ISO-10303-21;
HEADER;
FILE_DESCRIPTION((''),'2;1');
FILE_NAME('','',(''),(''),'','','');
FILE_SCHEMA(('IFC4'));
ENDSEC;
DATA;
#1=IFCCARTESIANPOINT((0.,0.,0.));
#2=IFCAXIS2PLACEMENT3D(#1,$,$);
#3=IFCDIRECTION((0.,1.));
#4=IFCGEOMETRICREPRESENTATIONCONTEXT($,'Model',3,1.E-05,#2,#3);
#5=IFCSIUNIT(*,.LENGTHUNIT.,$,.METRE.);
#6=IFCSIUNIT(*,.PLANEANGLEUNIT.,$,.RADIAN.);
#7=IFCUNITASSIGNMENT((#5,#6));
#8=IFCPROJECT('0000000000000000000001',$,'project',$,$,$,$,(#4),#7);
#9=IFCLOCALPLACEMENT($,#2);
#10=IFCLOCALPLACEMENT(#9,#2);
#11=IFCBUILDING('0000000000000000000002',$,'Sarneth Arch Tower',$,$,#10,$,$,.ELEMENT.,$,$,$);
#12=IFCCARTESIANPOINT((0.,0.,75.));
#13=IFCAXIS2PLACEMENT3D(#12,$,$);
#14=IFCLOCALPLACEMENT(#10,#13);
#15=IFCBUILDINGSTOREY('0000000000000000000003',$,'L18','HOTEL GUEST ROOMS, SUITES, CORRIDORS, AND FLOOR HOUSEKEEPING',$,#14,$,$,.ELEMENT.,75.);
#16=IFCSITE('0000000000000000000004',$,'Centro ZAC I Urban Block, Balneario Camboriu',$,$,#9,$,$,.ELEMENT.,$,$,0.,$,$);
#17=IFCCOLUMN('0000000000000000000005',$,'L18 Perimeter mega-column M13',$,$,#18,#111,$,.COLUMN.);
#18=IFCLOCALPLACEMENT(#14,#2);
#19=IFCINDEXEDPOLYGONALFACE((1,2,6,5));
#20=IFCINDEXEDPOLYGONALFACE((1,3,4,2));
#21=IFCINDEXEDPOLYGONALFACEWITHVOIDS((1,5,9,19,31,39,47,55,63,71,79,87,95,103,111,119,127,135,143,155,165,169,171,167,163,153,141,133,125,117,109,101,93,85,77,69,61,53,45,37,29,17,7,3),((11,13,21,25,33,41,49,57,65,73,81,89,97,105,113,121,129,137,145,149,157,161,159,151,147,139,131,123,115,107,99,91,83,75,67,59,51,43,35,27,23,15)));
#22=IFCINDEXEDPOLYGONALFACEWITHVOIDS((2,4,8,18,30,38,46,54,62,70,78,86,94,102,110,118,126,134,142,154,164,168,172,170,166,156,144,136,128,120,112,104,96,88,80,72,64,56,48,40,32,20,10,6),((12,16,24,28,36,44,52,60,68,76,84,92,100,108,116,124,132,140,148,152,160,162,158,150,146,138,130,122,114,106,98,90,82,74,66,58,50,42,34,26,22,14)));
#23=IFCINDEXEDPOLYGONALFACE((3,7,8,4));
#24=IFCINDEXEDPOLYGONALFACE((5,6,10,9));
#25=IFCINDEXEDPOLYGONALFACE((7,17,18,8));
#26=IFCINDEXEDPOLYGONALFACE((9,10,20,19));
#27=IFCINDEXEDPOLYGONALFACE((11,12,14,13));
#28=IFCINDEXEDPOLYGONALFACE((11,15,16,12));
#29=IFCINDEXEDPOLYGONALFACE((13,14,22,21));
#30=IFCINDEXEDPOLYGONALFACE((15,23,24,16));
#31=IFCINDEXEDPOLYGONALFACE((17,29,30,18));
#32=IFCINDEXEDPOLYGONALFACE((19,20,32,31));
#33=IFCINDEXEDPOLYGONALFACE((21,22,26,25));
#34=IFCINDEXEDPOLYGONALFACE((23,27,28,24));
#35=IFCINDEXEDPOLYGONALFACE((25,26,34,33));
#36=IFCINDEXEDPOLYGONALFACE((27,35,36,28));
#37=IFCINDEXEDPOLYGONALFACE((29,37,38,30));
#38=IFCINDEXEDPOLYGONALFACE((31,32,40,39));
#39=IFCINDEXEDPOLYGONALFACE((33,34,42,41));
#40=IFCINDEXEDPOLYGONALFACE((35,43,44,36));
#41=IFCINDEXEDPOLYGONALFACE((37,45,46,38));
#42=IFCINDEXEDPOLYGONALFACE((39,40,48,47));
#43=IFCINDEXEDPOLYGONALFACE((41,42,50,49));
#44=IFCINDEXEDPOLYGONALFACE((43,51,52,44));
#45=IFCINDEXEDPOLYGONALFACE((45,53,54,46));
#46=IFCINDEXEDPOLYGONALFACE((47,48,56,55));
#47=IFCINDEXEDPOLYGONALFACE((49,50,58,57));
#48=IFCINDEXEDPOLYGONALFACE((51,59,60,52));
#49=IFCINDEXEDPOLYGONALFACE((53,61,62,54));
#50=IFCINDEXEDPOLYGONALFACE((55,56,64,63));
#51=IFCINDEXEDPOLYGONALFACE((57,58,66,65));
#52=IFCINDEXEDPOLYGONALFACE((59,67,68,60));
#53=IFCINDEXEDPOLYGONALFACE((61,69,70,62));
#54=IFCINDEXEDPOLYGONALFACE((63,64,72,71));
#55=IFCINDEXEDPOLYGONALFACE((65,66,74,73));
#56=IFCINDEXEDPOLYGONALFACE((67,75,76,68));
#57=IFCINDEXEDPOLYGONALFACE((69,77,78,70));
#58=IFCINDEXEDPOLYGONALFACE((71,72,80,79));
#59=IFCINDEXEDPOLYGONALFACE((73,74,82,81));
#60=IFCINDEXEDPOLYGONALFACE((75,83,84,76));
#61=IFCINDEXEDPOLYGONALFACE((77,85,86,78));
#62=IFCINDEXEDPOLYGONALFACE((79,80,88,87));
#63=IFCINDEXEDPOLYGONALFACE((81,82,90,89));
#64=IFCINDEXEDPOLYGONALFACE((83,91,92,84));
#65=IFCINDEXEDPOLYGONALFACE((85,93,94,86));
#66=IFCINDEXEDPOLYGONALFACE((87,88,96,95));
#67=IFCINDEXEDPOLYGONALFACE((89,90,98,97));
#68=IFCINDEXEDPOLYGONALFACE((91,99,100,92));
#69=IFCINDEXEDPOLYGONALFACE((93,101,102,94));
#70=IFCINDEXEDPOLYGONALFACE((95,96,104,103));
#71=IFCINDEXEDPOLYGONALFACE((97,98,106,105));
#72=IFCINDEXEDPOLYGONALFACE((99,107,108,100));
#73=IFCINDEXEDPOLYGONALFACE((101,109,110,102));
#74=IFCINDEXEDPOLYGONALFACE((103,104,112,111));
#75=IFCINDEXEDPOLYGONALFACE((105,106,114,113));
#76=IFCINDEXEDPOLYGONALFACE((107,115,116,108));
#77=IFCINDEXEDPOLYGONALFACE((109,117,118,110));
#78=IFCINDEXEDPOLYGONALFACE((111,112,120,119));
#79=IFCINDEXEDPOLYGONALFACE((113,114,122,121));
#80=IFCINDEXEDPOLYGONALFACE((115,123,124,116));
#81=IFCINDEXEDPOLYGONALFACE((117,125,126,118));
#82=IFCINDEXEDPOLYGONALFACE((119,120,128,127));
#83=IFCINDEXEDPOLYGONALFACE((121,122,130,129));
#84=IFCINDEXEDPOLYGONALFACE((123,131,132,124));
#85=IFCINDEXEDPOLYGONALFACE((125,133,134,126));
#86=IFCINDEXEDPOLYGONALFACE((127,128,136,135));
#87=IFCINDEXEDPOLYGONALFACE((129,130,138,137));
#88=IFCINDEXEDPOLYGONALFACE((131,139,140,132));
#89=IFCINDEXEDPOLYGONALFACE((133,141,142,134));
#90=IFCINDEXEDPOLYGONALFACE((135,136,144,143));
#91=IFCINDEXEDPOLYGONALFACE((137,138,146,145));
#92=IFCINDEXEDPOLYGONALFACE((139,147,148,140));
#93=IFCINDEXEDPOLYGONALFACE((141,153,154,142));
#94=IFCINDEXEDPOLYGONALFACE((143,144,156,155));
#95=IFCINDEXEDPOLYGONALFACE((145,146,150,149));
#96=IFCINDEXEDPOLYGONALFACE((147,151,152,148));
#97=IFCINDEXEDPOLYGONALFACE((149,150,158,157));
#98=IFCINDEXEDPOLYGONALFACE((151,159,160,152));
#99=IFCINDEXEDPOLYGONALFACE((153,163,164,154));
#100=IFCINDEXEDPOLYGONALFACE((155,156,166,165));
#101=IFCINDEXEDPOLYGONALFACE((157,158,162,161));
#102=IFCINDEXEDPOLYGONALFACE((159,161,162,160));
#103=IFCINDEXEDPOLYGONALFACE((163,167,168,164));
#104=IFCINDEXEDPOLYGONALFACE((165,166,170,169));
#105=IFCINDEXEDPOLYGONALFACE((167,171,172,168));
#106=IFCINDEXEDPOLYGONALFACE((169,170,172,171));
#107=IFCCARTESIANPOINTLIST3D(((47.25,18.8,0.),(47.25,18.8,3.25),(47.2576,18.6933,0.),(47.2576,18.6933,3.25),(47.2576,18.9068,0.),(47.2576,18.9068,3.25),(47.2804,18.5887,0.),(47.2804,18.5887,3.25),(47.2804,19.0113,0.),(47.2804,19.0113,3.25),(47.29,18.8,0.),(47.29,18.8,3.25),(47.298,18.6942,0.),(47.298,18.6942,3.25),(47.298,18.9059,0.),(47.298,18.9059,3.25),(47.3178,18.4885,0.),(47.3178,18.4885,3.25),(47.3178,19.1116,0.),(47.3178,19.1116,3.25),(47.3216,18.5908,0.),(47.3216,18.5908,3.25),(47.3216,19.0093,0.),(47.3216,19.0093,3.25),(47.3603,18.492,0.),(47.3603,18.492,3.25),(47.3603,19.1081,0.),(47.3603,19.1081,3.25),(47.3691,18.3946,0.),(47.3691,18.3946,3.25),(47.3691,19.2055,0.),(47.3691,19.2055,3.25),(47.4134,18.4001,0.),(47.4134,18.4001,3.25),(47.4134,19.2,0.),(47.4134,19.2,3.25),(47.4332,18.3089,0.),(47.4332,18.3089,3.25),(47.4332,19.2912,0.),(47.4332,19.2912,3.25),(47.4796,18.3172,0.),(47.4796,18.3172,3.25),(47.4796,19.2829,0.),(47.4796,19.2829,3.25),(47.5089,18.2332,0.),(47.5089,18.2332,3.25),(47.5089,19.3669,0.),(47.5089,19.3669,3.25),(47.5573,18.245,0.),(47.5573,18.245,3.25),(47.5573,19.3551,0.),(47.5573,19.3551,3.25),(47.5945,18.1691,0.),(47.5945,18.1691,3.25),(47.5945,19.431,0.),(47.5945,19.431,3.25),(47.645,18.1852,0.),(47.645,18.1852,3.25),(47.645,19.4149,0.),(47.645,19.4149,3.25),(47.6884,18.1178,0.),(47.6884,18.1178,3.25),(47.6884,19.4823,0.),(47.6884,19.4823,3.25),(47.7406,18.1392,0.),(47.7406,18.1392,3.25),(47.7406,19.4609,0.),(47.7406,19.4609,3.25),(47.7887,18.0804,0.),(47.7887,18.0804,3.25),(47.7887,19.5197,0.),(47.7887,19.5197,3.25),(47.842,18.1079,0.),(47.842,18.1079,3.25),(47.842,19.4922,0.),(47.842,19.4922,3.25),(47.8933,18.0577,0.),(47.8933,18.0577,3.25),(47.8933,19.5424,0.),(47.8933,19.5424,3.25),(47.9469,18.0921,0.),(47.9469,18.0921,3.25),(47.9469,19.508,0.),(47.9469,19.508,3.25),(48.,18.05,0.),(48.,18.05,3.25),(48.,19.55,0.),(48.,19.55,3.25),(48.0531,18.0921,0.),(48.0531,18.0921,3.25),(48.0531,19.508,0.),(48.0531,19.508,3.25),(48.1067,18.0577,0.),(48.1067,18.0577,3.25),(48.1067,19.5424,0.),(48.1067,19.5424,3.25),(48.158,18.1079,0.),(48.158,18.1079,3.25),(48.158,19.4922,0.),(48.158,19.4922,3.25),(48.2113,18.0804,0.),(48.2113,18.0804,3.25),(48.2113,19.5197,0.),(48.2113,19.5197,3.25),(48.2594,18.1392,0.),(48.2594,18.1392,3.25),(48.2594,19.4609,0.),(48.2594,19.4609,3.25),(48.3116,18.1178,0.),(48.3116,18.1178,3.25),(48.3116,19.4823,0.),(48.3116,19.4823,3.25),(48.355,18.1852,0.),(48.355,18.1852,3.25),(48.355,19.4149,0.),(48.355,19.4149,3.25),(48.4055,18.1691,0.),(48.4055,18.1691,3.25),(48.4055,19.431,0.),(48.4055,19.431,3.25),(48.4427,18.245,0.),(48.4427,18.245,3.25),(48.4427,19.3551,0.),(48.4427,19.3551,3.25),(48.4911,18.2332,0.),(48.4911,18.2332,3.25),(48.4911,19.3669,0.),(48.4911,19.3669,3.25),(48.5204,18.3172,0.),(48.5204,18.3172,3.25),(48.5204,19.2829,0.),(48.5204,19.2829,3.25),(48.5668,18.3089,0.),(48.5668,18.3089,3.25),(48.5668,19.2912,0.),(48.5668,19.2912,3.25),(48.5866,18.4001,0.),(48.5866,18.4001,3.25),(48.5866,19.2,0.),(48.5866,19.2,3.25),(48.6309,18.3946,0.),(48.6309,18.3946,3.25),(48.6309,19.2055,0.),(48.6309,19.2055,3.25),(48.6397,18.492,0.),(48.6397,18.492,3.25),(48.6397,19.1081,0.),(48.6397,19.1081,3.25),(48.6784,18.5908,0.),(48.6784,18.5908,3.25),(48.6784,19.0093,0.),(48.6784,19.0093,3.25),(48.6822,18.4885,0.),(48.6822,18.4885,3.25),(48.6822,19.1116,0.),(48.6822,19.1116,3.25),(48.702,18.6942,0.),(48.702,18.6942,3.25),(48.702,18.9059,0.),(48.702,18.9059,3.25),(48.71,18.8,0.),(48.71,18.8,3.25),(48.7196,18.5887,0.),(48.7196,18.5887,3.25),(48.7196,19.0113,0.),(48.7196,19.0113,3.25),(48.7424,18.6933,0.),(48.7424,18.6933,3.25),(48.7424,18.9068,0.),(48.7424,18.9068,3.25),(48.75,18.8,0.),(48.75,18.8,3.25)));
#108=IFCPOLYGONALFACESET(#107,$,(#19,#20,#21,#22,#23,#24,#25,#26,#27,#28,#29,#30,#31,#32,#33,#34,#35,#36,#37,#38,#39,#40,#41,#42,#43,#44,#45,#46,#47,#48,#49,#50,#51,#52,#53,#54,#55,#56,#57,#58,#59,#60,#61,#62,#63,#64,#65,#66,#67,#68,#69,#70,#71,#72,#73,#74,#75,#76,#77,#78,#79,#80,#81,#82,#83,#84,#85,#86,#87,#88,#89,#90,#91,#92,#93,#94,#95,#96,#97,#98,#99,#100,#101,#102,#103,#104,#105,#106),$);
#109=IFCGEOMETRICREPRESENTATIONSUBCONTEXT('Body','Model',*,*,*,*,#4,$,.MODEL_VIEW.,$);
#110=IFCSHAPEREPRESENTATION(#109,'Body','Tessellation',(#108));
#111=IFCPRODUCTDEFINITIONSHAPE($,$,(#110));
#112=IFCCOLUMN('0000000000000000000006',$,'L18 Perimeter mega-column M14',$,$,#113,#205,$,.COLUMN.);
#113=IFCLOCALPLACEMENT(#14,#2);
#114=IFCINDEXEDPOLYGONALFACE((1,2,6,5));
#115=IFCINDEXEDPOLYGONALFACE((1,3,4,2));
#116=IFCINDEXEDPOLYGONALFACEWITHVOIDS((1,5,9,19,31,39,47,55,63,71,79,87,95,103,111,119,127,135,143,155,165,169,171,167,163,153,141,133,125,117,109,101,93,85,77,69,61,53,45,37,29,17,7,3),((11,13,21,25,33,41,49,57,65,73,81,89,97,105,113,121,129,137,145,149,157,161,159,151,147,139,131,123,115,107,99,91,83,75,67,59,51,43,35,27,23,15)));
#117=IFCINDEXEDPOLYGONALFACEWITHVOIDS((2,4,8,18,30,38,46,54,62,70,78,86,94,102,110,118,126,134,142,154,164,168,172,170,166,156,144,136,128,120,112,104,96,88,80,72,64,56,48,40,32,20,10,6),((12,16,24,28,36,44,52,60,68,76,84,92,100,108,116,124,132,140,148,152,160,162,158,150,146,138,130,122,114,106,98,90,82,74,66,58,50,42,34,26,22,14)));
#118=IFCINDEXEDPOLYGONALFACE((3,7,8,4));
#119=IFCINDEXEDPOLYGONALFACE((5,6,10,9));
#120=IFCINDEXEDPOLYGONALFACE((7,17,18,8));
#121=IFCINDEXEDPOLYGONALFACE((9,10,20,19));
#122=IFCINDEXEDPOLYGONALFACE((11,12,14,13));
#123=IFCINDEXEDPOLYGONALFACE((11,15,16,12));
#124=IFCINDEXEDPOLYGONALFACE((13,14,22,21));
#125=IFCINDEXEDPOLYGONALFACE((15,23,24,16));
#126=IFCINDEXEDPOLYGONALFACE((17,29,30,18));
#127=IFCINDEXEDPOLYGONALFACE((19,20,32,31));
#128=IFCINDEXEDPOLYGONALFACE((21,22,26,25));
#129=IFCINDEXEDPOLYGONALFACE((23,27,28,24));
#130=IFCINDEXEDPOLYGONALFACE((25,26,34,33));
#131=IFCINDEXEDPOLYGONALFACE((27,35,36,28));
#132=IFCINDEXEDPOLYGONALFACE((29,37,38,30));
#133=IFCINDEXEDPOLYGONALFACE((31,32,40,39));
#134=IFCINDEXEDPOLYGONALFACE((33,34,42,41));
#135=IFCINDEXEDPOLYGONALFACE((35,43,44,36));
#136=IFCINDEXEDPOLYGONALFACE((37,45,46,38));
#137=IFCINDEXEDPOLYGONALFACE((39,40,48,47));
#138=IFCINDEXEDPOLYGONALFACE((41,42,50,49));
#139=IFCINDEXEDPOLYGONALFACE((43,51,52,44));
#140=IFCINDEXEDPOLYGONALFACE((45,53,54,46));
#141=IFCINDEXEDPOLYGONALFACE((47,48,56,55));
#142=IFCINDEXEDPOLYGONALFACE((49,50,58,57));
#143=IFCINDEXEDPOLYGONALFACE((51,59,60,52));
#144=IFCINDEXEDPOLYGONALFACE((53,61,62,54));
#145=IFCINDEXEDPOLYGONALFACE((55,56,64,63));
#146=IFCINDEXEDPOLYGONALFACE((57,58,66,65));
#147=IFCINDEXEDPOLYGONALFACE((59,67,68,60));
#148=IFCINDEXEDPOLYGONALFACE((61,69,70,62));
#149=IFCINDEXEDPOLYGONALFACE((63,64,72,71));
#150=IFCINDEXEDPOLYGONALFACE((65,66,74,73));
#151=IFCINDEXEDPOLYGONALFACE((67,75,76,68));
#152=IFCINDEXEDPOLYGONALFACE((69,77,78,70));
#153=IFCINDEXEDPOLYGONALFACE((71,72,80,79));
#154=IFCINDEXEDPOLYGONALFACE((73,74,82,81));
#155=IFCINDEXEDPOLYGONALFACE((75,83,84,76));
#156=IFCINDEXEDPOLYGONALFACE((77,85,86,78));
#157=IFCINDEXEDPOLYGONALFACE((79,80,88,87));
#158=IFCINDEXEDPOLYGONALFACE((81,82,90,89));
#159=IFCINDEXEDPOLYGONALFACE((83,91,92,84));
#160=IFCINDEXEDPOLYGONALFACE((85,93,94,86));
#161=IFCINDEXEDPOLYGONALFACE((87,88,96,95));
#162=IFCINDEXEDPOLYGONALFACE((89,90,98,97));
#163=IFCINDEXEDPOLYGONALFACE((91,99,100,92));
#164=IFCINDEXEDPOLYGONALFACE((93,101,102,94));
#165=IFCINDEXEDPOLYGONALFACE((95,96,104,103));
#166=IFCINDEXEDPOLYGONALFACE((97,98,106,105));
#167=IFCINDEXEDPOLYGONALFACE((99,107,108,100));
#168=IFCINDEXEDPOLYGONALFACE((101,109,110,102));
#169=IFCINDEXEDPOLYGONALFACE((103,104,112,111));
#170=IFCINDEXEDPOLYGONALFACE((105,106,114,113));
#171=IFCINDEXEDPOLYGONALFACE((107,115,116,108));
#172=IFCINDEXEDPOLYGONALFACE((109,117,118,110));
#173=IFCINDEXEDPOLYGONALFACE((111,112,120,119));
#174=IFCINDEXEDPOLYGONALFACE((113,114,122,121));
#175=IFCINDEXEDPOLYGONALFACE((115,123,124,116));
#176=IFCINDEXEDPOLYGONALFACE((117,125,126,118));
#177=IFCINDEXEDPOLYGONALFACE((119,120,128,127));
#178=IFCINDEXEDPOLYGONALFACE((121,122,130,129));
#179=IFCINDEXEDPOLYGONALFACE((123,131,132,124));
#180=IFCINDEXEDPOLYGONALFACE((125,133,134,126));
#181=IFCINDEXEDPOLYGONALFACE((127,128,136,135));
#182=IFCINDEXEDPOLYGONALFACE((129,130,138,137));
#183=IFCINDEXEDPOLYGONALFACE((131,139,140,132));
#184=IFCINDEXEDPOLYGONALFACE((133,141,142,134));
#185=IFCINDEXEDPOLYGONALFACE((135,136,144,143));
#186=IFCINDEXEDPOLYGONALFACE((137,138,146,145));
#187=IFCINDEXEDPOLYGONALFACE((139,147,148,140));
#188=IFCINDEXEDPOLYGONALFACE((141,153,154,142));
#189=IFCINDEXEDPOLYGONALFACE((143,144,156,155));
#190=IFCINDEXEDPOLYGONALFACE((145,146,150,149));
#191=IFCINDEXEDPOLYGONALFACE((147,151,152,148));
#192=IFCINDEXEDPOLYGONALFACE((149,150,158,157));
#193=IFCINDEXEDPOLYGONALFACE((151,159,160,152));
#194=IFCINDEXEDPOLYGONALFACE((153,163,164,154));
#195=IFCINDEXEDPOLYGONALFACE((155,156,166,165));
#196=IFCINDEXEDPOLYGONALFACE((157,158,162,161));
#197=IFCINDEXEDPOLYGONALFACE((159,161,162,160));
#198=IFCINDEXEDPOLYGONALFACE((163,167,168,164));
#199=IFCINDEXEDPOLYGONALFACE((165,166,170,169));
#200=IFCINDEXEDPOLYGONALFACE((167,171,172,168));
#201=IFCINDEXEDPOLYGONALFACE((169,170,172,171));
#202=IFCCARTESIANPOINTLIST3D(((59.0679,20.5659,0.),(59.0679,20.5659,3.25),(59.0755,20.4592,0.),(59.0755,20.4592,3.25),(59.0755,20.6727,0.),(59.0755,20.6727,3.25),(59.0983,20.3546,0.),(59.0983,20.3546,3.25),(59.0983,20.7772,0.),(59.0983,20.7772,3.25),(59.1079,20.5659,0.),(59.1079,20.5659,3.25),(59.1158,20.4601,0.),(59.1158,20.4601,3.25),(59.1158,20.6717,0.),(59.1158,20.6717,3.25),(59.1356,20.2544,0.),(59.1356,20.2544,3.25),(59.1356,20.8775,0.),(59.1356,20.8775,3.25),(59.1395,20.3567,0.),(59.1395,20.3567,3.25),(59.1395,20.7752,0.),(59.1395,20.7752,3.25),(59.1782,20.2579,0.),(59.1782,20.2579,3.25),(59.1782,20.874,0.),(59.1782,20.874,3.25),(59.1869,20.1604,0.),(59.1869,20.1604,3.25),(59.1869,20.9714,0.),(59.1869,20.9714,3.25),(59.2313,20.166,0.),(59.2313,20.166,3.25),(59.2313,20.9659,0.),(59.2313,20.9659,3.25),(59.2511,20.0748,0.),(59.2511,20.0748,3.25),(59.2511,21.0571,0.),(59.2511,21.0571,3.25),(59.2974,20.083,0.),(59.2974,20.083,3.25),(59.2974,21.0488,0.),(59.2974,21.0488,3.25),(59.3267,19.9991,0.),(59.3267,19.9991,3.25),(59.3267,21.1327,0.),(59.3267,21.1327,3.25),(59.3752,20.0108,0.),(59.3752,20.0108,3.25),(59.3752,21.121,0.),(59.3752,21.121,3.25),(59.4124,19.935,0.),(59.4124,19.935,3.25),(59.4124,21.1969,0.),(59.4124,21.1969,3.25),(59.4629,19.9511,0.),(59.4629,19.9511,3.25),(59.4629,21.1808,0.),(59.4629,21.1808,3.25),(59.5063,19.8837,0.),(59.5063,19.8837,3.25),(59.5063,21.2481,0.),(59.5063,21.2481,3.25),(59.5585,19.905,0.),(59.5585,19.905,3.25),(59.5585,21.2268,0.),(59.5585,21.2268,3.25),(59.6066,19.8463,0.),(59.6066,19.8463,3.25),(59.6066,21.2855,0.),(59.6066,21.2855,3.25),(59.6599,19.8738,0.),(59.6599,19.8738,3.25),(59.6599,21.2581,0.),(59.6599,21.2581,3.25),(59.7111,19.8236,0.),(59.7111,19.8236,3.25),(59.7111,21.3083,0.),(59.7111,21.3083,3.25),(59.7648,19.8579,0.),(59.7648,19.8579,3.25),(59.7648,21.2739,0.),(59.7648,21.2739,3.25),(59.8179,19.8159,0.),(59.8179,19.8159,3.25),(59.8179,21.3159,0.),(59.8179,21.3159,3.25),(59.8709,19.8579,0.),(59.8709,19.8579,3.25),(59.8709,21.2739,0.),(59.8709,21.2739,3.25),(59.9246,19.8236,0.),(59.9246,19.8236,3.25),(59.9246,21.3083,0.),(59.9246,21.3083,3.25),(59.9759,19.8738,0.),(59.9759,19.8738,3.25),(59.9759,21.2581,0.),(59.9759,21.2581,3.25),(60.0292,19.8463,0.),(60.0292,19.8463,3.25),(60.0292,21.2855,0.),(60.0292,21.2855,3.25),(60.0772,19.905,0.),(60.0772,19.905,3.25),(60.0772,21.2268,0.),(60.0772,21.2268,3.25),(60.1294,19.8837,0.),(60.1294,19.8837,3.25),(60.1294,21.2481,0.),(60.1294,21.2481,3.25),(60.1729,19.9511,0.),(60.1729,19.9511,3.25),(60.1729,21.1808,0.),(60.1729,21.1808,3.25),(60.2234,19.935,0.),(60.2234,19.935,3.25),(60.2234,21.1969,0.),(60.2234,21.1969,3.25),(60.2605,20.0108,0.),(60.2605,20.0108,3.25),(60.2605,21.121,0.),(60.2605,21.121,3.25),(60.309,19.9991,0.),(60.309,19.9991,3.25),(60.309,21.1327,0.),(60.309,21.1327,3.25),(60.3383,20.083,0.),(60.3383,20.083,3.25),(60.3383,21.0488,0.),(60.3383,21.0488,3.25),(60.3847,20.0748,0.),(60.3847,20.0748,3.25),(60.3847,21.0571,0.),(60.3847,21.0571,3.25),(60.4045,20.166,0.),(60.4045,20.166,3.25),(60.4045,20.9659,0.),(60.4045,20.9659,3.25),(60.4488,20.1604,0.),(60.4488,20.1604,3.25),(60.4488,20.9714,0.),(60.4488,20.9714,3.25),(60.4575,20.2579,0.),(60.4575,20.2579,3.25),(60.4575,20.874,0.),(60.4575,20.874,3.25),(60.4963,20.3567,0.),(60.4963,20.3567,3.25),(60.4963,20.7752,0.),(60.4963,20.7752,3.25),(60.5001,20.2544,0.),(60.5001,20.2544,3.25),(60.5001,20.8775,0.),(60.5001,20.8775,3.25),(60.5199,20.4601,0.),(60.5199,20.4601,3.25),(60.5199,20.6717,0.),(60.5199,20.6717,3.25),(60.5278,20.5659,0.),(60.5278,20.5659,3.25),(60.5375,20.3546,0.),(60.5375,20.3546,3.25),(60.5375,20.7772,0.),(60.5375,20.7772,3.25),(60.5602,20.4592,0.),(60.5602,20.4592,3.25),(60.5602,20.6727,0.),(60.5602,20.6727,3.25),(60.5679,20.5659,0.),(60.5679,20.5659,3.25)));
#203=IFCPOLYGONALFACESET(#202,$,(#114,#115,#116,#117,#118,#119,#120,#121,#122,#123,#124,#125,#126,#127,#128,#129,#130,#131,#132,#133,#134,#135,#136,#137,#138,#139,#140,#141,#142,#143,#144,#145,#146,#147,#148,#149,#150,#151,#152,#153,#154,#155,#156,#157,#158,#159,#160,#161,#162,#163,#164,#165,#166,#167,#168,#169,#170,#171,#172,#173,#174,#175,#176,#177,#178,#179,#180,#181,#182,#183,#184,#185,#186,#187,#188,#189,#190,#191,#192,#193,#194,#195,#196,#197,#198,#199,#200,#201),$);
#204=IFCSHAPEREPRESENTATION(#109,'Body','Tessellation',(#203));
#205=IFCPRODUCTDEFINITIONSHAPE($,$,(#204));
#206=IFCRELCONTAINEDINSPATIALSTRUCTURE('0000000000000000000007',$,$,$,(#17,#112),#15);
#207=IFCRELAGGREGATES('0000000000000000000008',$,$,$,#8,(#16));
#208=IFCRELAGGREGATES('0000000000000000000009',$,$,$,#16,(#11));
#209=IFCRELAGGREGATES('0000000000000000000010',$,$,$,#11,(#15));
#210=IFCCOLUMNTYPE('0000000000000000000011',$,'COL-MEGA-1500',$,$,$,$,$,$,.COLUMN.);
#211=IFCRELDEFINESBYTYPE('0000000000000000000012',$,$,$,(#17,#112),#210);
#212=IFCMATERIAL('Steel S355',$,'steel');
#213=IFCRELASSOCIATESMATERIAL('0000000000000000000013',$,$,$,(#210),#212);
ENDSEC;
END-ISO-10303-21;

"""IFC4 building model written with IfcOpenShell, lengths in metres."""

from ifc_helpers import new_model, si_unit, direction, frame, origin, origin_2d, place, context, subcontext, project, spatial, hollow_circle, extrude, material, material_profile, profile_set, type_object, element, save


model = new_model("IFC4")

# Units and contexts
model_context = context("Model", 3, precision=1e-05, world=origin(), true_north=direction((0.0, 1.0)))
body_context = subcontext(model_context, "Body", "Model", "MODEL_VIEW")
ifc_project = project(units=[si_unit("LENGTHUNIT", "METRE"), si_unit("PLANEANGLEUNIT", "RADIAN")], contexts=[model_context])

# Site, building, storey
site_placement = place(None, origin())
site = spatial("IfcSite", under=ifc_project, at=site_placement, Name="Centro ZAC I Urban Block, Balneario Camboriu", CompositionType="ELEMENT", RefElevation=0.0)
building_placement = place(site_placement, origin())
building = spatial("IfcBuilding", under=site, at=building_placement, Name="Sarneth Arch Tower", CompositionType="ELEMENT")
storey_placement = place(building_placement, frame((0.0, 0.0, 75.0)))
storey = spatial("IfcBuildingStorey", under=building, at=storey_placement, Name="L18", Description="HOTEL GUEST ROOMS, SUITES, CORRIDORS, AND FLOOR HOUSEKEEPING", CompositionType="ELEMENT", Elevation=75.0)

# Columns
ifc_material_1 = material(Name="Steel S355", Category="steel")
ifc_material_profile_1 = material_profile(ifc_material_1, hollow_circle(Radius=0.75, WallThickness=0.04, at=origin_2d()), Name="CHS1500x40")
ifc_profile_set_1 = profile_set([ifc_material_profile_1], Name="Steel S355")
column_type = type_object("IfcColumnType", Name="COL-MEGA-1500", PredefinedType="COLUMN", material=ifc_profile_set_1)
for number, where, z_axis, x_axis, name in (
    (1, (48.0, 18.8, 0.0), (0.0, 0.0, 1.0), (1.0, 0.0, 0.0), "L18 Perimeter mega-column M13"),
    (2, (59.8179, 20.5659, 0.0), (0.0, 0.0, 1.0), (1.0, 0.0, 0.0), "L18 Perimeter mega-column M14"),
):
    element("IfcColumn", number, at=place(storey_placement, frame(where, z_axis=z_axis, x_axis=x_axis)), inside=storey, type_object=column_type, Name=name, PredefinedType="COLUMN", context=body_context, shape_type="SweptSolid", body=[
        extrude(hollow_circle(Radius=0.75, WallThickness=0.04, at=origin_2d()), origin(), (0.0, 0.0, 1.0), 3.25),
    ])

save(model, "model.ifc")
